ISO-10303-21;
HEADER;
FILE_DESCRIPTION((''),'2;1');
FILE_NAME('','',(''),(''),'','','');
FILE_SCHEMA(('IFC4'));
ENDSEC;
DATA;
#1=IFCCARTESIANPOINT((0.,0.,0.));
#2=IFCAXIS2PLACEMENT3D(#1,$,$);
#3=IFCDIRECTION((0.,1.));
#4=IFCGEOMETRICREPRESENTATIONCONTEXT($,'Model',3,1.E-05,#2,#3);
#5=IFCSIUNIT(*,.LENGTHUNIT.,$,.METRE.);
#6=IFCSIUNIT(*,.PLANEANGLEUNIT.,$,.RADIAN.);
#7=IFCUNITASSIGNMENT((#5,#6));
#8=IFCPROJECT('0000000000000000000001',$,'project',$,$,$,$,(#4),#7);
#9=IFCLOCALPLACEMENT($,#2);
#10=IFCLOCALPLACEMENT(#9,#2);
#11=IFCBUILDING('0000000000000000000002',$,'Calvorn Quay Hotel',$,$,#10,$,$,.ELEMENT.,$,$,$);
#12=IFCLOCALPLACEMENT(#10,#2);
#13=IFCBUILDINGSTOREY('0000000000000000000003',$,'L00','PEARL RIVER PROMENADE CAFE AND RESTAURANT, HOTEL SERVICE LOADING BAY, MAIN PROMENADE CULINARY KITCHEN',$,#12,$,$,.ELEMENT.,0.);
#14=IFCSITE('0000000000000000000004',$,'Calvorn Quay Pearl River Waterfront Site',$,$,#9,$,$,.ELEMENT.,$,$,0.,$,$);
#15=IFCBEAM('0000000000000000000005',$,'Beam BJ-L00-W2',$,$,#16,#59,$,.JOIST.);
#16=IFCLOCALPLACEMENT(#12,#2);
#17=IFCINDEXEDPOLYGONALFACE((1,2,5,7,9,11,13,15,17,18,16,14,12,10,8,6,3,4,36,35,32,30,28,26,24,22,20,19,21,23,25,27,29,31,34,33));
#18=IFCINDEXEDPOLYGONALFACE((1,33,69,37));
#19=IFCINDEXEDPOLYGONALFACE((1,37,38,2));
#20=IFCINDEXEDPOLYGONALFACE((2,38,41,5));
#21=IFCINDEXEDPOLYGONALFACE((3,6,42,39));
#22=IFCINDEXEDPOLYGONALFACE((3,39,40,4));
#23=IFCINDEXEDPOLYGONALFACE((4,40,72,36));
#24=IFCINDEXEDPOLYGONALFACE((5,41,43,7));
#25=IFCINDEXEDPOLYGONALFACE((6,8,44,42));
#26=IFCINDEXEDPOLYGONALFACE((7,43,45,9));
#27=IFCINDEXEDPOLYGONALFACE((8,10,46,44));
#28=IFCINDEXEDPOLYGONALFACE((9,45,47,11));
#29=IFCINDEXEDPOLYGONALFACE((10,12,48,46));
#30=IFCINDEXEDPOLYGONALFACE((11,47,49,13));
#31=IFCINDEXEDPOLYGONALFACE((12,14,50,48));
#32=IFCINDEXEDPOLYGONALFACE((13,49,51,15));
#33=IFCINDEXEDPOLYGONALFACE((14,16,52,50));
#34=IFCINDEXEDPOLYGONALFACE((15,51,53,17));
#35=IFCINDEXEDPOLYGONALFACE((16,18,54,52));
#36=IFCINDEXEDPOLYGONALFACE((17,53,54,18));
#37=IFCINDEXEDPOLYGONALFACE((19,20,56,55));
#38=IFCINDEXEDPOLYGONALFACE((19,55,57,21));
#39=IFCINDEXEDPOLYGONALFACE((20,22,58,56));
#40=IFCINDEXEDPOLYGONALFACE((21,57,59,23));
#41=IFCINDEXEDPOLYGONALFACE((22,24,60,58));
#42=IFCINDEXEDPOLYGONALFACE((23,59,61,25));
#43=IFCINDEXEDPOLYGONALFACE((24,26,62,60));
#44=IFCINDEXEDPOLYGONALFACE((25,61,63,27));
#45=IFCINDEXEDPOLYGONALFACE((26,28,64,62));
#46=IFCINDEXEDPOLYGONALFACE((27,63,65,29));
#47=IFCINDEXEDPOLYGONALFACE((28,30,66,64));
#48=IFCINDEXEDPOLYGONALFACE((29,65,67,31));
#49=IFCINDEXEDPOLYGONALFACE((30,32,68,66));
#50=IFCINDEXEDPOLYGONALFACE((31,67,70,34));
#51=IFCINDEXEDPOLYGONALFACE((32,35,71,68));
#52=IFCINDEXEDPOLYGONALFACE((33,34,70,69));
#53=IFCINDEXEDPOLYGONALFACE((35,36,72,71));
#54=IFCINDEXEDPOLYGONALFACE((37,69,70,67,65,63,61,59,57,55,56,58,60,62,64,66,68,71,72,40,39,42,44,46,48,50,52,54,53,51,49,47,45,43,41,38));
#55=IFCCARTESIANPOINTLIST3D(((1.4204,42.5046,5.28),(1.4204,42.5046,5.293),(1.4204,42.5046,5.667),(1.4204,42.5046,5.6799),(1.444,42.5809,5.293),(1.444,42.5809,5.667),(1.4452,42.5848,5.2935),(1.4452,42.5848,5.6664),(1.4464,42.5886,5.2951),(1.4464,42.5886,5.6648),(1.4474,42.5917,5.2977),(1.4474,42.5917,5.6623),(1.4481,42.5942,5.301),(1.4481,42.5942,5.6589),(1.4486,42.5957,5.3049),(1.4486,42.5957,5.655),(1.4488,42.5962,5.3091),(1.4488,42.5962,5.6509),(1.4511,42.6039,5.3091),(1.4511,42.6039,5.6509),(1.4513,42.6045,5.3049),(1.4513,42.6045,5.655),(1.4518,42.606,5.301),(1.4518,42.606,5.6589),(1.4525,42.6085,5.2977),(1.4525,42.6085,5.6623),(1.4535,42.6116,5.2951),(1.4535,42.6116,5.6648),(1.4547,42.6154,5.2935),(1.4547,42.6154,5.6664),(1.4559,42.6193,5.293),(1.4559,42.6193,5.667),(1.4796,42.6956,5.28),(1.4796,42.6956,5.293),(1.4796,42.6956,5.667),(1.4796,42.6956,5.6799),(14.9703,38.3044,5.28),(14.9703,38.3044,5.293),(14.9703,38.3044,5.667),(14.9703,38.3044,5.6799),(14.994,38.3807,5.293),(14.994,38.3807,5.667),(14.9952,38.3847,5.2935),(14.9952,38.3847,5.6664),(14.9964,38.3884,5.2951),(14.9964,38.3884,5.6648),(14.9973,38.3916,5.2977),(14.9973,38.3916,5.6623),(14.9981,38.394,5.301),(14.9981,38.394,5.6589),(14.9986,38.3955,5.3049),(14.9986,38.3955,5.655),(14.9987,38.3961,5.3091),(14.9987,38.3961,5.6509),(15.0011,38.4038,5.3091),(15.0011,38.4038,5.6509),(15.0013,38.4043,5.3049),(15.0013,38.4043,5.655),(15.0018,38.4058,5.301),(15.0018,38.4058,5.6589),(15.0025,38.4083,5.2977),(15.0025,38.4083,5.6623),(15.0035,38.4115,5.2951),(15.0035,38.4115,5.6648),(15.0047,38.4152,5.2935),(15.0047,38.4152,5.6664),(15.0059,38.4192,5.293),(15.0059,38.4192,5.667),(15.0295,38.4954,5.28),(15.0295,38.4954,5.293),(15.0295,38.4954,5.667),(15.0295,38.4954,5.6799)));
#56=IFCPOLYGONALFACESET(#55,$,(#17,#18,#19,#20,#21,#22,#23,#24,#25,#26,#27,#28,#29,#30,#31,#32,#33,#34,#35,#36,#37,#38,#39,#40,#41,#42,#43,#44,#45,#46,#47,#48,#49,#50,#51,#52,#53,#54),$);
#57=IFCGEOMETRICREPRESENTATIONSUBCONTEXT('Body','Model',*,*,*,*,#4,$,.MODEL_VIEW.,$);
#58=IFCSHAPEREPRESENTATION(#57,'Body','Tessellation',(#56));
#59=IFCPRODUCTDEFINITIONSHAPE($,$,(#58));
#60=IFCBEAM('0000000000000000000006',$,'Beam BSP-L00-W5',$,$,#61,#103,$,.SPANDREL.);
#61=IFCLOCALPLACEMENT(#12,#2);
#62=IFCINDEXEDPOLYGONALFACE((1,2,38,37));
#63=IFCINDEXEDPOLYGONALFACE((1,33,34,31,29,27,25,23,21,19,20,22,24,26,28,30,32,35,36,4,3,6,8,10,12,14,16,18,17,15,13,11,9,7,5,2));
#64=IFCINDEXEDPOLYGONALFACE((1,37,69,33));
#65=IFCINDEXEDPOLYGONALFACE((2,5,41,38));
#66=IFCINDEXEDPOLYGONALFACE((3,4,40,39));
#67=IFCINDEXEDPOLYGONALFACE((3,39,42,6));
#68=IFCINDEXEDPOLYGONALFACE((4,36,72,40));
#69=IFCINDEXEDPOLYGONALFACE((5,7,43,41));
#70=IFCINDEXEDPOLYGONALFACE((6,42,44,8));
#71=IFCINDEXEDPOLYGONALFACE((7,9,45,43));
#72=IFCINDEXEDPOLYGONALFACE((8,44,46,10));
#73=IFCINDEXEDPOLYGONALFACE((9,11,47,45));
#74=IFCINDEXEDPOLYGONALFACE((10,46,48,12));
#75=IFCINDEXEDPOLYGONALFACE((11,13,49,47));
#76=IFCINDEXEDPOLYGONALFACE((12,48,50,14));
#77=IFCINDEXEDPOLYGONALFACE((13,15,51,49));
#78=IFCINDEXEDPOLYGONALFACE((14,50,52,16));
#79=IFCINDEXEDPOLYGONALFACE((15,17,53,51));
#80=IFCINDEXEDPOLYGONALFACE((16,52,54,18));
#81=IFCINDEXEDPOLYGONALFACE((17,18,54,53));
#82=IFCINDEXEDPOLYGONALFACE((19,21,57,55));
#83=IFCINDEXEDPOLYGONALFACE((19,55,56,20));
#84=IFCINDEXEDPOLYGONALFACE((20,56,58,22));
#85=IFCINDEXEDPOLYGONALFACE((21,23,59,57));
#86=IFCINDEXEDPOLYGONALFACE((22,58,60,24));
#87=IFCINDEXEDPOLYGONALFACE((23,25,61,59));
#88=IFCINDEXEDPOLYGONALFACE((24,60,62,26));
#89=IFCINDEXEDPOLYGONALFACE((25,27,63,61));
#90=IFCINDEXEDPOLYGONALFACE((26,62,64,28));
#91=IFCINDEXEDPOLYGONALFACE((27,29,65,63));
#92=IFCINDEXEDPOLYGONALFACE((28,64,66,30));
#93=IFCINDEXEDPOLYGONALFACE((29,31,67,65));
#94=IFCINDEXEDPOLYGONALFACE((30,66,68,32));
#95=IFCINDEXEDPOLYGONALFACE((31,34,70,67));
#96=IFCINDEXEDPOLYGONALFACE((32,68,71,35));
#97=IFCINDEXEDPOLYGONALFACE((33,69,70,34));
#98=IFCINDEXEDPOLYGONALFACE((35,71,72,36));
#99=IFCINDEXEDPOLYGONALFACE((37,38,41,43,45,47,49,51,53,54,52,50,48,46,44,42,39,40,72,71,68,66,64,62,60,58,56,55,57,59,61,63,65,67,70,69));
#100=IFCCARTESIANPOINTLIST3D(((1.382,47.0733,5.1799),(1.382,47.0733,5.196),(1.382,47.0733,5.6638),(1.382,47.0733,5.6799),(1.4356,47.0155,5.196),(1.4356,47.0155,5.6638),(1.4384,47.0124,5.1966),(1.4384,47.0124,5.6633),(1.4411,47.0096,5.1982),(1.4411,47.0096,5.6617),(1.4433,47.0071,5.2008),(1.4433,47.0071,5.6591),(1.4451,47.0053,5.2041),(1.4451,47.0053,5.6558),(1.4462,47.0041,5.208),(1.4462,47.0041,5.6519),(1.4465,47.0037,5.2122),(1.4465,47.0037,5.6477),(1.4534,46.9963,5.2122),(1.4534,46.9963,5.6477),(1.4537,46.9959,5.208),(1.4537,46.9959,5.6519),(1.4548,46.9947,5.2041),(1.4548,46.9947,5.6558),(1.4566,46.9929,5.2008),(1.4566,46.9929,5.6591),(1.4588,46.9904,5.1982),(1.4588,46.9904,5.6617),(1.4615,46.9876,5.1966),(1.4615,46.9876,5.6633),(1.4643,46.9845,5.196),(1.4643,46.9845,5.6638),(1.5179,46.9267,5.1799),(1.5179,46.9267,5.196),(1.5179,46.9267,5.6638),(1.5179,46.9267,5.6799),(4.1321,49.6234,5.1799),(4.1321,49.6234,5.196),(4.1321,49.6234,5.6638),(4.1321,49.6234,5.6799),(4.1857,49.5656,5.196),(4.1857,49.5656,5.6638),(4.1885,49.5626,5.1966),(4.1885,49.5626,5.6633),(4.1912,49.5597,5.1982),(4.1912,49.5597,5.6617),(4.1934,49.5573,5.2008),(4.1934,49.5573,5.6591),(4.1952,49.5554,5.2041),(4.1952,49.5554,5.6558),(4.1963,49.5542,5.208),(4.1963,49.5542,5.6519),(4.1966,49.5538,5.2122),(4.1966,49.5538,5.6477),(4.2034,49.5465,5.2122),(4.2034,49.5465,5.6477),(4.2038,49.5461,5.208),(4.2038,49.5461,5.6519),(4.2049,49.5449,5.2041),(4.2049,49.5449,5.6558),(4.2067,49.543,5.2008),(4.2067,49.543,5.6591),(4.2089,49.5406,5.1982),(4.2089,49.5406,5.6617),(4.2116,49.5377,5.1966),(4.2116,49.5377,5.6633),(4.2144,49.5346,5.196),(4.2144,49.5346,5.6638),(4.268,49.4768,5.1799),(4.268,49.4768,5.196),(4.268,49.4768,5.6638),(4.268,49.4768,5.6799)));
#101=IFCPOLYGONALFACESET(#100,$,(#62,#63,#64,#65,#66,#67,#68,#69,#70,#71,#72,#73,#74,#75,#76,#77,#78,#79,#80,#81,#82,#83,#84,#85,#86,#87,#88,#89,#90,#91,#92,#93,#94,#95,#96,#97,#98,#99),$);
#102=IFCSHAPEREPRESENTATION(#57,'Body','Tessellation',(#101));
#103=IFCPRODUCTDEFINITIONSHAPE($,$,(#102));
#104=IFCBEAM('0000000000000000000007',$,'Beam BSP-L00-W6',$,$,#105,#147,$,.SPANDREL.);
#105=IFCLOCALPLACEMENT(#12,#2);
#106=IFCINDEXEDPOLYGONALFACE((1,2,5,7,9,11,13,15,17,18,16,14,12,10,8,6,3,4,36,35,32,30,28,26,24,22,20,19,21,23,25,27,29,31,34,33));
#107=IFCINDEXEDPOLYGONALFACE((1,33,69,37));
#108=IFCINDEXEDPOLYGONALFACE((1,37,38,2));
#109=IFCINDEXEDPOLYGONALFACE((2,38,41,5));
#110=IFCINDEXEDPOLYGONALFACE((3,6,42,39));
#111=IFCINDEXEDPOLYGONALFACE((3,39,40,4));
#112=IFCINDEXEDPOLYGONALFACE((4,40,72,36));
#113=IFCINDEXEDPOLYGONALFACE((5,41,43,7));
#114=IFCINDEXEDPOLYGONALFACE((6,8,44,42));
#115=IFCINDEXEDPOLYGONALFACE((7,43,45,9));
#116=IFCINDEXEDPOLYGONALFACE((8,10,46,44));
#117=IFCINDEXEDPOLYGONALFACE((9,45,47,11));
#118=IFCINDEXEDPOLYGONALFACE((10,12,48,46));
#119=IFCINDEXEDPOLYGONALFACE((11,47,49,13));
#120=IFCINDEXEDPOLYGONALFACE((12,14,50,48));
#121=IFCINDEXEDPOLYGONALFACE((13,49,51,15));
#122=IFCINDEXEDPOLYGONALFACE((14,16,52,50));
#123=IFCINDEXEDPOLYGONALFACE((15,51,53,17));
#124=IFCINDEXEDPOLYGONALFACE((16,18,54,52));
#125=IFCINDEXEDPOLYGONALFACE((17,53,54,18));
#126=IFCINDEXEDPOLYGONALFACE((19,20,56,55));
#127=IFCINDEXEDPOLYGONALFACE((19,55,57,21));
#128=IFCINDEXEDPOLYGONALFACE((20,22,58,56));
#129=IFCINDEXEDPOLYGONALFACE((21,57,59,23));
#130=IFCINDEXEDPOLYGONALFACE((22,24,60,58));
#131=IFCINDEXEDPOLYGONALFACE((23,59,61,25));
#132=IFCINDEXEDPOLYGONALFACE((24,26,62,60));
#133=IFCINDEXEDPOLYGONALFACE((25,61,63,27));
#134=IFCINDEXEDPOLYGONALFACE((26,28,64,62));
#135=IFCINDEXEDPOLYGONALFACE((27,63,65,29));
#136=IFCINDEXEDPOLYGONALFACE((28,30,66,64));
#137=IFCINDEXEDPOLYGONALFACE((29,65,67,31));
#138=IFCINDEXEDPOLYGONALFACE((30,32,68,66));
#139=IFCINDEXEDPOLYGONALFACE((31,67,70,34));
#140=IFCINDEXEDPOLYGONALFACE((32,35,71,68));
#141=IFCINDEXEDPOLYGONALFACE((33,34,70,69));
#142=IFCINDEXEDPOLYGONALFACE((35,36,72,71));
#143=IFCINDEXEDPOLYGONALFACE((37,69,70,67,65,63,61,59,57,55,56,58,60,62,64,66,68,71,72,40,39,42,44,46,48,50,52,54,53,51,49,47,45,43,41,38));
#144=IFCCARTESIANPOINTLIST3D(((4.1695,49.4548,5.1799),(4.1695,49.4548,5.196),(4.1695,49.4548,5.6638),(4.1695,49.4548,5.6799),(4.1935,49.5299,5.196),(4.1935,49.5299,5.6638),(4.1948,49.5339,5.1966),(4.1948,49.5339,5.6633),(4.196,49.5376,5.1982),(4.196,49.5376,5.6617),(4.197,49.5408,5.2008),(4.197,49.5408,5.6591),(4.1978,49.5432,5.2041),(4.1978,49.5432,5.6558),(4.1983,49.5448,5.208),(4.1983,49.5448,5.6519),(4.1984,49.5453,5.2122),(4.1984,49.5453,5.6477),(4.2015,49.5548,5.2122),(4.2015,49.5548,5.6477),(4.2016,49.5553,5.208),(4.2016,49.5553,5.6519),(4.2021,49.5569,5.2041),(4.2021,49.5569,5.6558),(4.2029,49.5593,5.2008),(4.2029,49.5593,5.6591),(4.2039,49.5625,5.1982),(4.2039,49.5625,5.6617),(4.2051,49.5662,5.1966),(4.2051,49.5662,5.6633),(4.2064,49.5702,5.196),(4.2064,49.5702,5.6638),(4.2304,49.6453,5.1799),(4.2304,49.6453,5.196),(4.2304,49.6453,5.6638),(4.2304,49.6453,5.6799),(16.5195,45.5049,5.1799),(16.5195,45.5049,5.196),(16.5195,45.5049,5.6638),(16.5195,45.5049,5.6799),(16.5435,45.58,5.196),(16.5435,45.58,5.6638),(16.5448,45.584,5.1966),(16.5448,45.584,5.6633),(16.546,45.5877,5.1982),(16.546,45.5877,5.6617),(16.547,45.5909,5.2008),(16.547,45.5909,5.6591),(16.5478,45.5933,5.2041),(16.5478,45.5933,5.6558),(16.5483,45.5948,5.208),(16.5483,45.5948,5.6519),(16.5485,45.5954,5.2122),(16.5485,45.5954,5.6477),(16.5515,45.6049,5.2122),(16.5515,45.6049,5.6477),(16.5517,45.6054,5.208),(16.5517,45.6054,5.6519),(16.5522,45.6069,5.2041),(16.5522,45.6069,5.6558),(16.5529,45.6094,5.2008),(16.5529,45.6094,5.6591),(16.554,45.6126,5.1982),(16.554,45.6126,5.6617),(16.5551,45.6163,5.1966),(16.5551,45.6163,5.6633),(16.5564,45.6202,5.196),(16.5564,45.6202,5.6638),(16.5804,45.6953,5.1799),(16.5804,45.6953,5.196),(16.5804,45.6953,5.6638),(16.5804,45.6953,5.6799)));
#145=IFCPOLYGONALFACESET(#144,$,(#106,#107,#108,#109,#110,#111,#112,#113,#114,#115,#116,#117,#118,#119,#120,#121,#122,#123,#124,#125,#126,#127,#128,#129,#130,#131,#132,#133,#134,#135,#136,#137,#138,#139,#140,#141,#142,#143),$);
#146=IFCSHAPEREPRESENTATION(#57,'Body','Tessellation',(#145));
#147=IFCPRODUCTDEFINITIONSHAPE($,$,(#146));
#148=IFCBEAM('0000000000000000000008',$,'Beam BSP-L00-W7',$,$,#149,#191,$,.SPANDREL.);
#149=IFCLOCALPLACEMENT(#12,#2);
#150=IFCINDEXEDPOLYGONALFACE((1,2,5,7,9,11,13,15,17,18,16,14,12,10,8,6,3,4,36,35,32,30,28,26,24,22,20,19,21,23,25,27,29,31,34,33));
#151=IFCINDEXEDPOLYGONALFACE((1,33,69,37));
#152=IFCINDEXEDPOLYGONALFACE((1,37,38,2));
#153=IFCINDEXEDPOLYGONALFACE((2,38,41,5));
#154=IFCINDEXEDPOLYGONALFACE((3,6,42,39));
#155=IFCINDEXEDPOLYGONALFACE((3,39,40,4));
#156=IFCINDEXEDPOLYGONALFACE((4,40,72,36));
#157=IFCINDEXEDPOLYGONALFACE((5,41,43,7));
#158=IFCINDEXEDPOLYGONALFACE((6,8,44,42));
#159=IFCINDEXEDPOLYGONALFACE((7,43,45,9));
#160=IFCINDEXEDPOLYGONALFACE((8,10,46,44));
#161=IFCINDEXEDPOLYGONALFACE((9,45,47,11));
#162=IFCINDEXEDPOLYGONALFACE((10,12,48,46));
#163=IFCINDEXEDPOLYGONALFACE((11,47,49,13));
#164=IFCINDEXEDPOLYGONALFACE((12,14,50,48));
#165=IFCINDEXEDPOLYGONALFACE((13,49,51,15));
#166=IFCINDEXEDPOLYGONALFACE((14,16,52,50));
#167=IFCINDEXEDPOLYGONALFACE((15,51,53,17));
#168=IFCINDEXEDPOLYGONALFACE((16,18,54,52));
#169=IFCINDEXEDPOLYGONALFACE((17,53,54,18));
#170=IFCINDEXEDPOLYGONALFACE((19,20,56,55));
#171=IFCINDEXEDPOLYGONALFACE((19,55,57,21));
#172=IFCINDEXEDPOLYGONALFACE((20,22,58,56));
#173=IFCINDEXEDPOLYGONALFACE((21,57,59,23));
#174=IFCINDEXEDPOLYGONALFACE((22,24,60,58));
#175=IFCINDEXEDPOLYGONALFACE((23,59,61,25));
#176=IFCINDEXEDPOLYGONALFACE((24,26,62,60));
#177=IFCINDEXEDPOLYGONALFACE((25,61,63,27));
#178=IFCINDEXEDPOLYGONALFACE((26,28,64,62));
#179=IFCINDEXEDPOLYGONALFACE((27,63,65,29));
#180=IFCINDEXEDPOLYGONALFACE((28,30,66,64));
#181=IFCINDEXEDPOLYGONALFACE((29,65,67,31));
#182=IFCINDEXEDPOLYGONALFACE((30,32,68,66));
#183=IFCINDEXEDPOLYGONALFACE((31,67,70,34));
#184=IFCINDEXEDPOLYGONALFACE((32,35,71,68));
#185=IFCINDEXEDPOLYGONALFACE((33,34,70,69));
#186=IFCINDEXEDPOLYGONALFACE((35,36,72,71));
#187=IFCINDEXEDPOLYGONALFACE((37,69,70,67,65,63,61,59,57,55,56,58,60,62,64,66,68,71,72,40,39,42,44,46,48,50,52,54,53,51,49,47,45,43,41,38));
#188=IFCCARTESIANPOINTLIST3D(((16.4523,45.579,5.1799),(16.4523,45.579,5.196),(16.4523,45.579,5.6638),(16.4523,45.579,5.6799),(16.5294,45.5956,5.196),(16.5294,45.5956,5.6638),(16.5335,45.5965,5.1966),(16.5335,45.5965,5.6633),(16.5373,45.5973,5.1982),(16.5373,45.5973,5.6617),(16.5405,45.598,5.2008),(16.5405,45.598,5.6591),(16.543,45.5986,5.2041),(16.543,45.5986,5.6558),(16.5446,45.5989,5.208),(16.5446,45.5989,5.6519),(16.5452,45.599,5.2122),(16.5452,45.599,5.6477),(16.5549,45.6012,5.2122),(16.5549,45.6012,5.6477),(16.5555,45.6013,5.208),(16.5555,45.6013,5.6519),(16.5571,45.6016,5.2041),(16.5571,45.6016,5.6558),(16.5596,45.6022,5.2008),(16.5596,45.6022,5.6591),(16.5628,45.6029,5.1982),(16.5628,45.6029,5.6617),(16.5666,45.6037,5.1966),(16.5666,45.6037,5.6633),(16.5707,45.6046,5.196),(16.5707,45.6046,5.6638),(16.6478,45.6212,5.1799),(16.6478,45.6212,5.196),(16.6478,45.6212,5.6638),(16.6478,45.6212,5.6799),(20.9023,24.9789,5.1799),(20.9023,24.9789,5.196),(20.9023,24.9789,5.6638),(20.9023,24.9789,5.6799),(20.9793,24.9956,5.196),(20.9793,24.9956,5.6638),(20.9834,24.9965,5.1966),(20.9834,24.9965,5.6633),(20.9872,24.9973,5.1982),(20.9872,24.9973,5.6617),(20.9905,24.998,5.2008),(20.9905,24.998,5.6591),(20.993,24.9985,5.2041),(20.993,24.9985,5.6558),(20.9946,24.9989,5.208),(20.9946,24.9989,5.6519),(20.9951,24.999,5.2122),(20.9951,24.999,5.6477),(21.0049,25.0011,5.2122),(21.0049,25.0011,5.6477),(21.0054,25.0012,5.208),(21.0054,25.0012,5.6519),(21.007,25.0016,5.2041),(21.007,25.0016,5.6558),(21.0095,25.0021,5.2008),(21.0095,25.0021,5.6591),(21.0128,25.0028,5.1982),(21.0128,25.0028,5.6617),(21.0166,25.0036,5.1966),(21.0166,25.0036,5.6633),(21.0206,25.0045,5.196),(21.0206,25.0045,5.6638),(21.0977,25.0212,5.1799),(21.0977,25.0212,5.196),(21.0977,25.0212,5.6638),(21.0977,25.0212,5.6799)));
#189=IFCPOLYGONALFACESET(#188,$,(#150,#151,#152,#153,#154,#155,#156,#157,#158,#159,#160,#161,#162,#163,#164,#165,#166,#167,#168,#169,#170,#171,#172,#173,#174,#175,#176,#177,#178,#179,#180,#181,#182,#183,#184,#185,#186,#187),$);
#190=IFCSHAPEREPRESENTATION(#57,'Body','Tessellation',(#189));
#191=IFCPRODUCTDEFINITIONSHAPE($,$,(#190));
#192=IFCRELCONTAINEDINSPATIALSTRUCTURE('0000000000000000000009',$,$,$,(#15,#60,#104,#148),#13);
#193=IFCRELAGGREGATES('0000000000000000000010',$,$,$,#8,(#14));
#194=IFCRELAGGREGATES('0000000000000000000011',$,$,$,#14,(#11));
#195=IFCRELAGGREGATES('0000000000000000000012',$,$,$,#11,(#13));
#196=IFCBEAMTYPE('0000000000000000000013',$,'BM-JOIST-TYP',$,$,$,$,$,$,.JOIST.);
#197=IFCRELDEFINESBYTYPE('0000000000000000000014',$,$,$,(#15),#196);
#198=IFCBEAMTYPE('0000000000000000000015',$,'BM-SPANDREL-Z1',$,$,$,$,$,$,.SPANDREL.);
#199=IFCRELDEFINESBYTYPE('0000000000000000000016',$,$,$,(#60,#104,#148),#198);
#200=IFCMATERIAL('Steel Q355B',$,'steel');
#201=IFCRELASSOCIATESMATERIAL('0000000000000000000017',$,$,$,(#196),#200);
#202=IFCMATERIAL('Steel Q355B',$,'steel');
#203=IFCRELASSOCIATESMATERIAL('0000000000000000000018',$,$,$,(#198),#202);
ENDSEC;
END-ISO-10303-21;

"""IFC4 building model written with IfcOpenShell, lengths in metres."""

from ifc_helpers import new_model, si_unit, direction, frame, origin, origin_2d, place, context, subcontext, project, spatial, i_section, extrude, material, material_profile, profile_set, type_object, element, save


model = new_model("IFC4")

# Units and contexts
model_context = context("Model", 3, precision=1e-05, world=origin(), true_north=direction((0.0, 1.0)))
body_context = subcontext(model_context, "Body", "Model", "MODEL_VIEW")
ifc_project = project(units=[si_unit("LENGTHUNIT", "METRE"), si_unit("PLANEANGLEUNIT", "RADIAN")], contexts=[model_context])

# Site, building, storey
site_placement = place(None, origin())
site = spatial("IfcSite", under=ifc_project, at=site_placement, Name="Calvorn Quay Pearl River Waterfront Site", CompositionType="ELEMENT", RefElevation=0.0)
building_placement = place(site_placement, origin())
building = spatial("IfcBuilding", under=site, at=building_placement, Name="Calvorn Quay Hotel", CompositionType="ELEMENT")
storey_placement = place(building_placement, origin())
storey = spatial("IfcBuildingStorey", under=building, at=storey_placement, Name="L00", Description="PEARL RIVER PROMENADE CAFE AND RESTAURANT, HOTEL SERVICE LOADING BAY, MAIN PROMENADE CULINARY KITCHEN", CompositionType="ELEMENT", Elevation=0.0)

# Beams
ifc_material_1 = material(Name="Steel Q355B", Category="steel")
ifc_material_profile_1 = material_profile(ifc_material_1, i_section(OverallWidth=0.2, OverallDepth=0.3999, WebThickness=0.0081, FlangeThickness=0.0129, FilletRadius=0.0161, at=origin_2d()), Name="HN400x200x8x13")
ifc_profile_set_1 = profile_set([ifc_material_profile_1], Name="Steel Q355B")
beam_type_1 = type_object("IfcBeamType", Name="BM-JOIST-TYP", PredefinedType="JOIST", material=ifc_profile_set_1)
beam_1_placement = place(storey_placement, frame((1.45, 42.6001, 5.48), z_axis=(0.955164, -0.296078, 0.0), x_axis=(0.296078, 0.955164, 0.0)))
element("IfcBeam", 1, at=beam_1_placement, inside=storey, type_object=beam_type_1, Name="Beam BJ-L00-W2", PredefinedType="JOIST", context=body_context, shape_type="SweptSolid", body=[
    extrude(i_section(OverallWidth=0.2, OverallDepth=0.3999, WebThickness=0.0081, FlangeThickness=0.0129, FilletRadius=0.0161, at=origin_2d()), origin(), (0.0, 0.0, 1.0), 14.186),
])
ifc_material_2 = material(Name="Steel Q355B", Category="steel")
ifc_material_profile_2 = material_profile(ifc_material_2, i_section(OverallWidth=0.2, OverallDepth=0.5, WebThickness=0.01, FlangeThickness=0.0161, FilletRadius=0.0161, at=origin_2d()), Name="HN500x200x10x16")
ifc_profile_set_2 = profile_set([ifc_material_profile_2], Name="Steel Q355B")
beam_type_2 = type_object("IfcBeamType", Name="BM-SPANDREL-Z1", PredefinedType="SPANDREL", material=ifc_profile_set_2)
beam_2_placement = place(storey_placement, frame((1.45, 47.0, 5.4299), z_axis=(0.733262, 0.679947, 0.0), x_axis=(-0.679947, 0.733262, 0.0)))
element("IfcBeam", 2, at=beam_2_placement, inside=storey, type_object=beam_type_2, Name="Beam BSP-L00-W5", PredefinedType="SPANDREL", context=body_context, shape_type="SweptSolid", body=[
    extrude(i_section(OverallWidth=0.2, OverallDepth=0.5, WebThickness=0.01, FlangeThickness=0.0161, FilletRadius=0.0161, at=origin_2d()), origin(), (0.0, 0.0, 1.0), 3.7505),
])
beam_3_placement = place(storey_placement, frame((4.2, 49.55, 5.4299), z_axis=(0.952471, -0.30463, 0.0), x_axis=(0.30463, 0.952471, 0.0)))
element("IfcBeam", 3, at=beam_3_placement, inside=storey, type_object=beam_type_2, Name="Beam BSP-L00-W6", PredefinedType="SPANDREL", context=body_context, shape_type="SweptSolid", body=[
    extrude(i_section(OverallWidth=0.2, OverallDepth=0.5, WebThickness=0.01, FlangeThickness=0.0161, FilletRadius=0.0161, at=origin_2d()), origin(), (0.0, 0.0, 1.0), 12.9663),
])
beam_4_placement = place(storey_placement, frame((16.55, 45.6001, 5.4299), z_axis=(0.211146, -0.977455, 0.0), x_axis=(0.977455, 0.211146, 0.0)))
element("IfcBeam", 4, at=beam_4_placement, inside=storey, type_object=beam_type_2, Name="Beam BSP-L00-W7", PredefinedType="SPANDREL", context=body_context, shape_type="SweptSolid", body=[
    extrude(i_section(OverallWidth=0.2, OverallDepth=0.5, WebThickness=0.01, FlangeThickness=0.0161, FilletRadius=0.0161, at=origin_2d()), origin(), (0.0, 0.0, 1.0), 21.0752),
])

save(model, "model.ifc")
